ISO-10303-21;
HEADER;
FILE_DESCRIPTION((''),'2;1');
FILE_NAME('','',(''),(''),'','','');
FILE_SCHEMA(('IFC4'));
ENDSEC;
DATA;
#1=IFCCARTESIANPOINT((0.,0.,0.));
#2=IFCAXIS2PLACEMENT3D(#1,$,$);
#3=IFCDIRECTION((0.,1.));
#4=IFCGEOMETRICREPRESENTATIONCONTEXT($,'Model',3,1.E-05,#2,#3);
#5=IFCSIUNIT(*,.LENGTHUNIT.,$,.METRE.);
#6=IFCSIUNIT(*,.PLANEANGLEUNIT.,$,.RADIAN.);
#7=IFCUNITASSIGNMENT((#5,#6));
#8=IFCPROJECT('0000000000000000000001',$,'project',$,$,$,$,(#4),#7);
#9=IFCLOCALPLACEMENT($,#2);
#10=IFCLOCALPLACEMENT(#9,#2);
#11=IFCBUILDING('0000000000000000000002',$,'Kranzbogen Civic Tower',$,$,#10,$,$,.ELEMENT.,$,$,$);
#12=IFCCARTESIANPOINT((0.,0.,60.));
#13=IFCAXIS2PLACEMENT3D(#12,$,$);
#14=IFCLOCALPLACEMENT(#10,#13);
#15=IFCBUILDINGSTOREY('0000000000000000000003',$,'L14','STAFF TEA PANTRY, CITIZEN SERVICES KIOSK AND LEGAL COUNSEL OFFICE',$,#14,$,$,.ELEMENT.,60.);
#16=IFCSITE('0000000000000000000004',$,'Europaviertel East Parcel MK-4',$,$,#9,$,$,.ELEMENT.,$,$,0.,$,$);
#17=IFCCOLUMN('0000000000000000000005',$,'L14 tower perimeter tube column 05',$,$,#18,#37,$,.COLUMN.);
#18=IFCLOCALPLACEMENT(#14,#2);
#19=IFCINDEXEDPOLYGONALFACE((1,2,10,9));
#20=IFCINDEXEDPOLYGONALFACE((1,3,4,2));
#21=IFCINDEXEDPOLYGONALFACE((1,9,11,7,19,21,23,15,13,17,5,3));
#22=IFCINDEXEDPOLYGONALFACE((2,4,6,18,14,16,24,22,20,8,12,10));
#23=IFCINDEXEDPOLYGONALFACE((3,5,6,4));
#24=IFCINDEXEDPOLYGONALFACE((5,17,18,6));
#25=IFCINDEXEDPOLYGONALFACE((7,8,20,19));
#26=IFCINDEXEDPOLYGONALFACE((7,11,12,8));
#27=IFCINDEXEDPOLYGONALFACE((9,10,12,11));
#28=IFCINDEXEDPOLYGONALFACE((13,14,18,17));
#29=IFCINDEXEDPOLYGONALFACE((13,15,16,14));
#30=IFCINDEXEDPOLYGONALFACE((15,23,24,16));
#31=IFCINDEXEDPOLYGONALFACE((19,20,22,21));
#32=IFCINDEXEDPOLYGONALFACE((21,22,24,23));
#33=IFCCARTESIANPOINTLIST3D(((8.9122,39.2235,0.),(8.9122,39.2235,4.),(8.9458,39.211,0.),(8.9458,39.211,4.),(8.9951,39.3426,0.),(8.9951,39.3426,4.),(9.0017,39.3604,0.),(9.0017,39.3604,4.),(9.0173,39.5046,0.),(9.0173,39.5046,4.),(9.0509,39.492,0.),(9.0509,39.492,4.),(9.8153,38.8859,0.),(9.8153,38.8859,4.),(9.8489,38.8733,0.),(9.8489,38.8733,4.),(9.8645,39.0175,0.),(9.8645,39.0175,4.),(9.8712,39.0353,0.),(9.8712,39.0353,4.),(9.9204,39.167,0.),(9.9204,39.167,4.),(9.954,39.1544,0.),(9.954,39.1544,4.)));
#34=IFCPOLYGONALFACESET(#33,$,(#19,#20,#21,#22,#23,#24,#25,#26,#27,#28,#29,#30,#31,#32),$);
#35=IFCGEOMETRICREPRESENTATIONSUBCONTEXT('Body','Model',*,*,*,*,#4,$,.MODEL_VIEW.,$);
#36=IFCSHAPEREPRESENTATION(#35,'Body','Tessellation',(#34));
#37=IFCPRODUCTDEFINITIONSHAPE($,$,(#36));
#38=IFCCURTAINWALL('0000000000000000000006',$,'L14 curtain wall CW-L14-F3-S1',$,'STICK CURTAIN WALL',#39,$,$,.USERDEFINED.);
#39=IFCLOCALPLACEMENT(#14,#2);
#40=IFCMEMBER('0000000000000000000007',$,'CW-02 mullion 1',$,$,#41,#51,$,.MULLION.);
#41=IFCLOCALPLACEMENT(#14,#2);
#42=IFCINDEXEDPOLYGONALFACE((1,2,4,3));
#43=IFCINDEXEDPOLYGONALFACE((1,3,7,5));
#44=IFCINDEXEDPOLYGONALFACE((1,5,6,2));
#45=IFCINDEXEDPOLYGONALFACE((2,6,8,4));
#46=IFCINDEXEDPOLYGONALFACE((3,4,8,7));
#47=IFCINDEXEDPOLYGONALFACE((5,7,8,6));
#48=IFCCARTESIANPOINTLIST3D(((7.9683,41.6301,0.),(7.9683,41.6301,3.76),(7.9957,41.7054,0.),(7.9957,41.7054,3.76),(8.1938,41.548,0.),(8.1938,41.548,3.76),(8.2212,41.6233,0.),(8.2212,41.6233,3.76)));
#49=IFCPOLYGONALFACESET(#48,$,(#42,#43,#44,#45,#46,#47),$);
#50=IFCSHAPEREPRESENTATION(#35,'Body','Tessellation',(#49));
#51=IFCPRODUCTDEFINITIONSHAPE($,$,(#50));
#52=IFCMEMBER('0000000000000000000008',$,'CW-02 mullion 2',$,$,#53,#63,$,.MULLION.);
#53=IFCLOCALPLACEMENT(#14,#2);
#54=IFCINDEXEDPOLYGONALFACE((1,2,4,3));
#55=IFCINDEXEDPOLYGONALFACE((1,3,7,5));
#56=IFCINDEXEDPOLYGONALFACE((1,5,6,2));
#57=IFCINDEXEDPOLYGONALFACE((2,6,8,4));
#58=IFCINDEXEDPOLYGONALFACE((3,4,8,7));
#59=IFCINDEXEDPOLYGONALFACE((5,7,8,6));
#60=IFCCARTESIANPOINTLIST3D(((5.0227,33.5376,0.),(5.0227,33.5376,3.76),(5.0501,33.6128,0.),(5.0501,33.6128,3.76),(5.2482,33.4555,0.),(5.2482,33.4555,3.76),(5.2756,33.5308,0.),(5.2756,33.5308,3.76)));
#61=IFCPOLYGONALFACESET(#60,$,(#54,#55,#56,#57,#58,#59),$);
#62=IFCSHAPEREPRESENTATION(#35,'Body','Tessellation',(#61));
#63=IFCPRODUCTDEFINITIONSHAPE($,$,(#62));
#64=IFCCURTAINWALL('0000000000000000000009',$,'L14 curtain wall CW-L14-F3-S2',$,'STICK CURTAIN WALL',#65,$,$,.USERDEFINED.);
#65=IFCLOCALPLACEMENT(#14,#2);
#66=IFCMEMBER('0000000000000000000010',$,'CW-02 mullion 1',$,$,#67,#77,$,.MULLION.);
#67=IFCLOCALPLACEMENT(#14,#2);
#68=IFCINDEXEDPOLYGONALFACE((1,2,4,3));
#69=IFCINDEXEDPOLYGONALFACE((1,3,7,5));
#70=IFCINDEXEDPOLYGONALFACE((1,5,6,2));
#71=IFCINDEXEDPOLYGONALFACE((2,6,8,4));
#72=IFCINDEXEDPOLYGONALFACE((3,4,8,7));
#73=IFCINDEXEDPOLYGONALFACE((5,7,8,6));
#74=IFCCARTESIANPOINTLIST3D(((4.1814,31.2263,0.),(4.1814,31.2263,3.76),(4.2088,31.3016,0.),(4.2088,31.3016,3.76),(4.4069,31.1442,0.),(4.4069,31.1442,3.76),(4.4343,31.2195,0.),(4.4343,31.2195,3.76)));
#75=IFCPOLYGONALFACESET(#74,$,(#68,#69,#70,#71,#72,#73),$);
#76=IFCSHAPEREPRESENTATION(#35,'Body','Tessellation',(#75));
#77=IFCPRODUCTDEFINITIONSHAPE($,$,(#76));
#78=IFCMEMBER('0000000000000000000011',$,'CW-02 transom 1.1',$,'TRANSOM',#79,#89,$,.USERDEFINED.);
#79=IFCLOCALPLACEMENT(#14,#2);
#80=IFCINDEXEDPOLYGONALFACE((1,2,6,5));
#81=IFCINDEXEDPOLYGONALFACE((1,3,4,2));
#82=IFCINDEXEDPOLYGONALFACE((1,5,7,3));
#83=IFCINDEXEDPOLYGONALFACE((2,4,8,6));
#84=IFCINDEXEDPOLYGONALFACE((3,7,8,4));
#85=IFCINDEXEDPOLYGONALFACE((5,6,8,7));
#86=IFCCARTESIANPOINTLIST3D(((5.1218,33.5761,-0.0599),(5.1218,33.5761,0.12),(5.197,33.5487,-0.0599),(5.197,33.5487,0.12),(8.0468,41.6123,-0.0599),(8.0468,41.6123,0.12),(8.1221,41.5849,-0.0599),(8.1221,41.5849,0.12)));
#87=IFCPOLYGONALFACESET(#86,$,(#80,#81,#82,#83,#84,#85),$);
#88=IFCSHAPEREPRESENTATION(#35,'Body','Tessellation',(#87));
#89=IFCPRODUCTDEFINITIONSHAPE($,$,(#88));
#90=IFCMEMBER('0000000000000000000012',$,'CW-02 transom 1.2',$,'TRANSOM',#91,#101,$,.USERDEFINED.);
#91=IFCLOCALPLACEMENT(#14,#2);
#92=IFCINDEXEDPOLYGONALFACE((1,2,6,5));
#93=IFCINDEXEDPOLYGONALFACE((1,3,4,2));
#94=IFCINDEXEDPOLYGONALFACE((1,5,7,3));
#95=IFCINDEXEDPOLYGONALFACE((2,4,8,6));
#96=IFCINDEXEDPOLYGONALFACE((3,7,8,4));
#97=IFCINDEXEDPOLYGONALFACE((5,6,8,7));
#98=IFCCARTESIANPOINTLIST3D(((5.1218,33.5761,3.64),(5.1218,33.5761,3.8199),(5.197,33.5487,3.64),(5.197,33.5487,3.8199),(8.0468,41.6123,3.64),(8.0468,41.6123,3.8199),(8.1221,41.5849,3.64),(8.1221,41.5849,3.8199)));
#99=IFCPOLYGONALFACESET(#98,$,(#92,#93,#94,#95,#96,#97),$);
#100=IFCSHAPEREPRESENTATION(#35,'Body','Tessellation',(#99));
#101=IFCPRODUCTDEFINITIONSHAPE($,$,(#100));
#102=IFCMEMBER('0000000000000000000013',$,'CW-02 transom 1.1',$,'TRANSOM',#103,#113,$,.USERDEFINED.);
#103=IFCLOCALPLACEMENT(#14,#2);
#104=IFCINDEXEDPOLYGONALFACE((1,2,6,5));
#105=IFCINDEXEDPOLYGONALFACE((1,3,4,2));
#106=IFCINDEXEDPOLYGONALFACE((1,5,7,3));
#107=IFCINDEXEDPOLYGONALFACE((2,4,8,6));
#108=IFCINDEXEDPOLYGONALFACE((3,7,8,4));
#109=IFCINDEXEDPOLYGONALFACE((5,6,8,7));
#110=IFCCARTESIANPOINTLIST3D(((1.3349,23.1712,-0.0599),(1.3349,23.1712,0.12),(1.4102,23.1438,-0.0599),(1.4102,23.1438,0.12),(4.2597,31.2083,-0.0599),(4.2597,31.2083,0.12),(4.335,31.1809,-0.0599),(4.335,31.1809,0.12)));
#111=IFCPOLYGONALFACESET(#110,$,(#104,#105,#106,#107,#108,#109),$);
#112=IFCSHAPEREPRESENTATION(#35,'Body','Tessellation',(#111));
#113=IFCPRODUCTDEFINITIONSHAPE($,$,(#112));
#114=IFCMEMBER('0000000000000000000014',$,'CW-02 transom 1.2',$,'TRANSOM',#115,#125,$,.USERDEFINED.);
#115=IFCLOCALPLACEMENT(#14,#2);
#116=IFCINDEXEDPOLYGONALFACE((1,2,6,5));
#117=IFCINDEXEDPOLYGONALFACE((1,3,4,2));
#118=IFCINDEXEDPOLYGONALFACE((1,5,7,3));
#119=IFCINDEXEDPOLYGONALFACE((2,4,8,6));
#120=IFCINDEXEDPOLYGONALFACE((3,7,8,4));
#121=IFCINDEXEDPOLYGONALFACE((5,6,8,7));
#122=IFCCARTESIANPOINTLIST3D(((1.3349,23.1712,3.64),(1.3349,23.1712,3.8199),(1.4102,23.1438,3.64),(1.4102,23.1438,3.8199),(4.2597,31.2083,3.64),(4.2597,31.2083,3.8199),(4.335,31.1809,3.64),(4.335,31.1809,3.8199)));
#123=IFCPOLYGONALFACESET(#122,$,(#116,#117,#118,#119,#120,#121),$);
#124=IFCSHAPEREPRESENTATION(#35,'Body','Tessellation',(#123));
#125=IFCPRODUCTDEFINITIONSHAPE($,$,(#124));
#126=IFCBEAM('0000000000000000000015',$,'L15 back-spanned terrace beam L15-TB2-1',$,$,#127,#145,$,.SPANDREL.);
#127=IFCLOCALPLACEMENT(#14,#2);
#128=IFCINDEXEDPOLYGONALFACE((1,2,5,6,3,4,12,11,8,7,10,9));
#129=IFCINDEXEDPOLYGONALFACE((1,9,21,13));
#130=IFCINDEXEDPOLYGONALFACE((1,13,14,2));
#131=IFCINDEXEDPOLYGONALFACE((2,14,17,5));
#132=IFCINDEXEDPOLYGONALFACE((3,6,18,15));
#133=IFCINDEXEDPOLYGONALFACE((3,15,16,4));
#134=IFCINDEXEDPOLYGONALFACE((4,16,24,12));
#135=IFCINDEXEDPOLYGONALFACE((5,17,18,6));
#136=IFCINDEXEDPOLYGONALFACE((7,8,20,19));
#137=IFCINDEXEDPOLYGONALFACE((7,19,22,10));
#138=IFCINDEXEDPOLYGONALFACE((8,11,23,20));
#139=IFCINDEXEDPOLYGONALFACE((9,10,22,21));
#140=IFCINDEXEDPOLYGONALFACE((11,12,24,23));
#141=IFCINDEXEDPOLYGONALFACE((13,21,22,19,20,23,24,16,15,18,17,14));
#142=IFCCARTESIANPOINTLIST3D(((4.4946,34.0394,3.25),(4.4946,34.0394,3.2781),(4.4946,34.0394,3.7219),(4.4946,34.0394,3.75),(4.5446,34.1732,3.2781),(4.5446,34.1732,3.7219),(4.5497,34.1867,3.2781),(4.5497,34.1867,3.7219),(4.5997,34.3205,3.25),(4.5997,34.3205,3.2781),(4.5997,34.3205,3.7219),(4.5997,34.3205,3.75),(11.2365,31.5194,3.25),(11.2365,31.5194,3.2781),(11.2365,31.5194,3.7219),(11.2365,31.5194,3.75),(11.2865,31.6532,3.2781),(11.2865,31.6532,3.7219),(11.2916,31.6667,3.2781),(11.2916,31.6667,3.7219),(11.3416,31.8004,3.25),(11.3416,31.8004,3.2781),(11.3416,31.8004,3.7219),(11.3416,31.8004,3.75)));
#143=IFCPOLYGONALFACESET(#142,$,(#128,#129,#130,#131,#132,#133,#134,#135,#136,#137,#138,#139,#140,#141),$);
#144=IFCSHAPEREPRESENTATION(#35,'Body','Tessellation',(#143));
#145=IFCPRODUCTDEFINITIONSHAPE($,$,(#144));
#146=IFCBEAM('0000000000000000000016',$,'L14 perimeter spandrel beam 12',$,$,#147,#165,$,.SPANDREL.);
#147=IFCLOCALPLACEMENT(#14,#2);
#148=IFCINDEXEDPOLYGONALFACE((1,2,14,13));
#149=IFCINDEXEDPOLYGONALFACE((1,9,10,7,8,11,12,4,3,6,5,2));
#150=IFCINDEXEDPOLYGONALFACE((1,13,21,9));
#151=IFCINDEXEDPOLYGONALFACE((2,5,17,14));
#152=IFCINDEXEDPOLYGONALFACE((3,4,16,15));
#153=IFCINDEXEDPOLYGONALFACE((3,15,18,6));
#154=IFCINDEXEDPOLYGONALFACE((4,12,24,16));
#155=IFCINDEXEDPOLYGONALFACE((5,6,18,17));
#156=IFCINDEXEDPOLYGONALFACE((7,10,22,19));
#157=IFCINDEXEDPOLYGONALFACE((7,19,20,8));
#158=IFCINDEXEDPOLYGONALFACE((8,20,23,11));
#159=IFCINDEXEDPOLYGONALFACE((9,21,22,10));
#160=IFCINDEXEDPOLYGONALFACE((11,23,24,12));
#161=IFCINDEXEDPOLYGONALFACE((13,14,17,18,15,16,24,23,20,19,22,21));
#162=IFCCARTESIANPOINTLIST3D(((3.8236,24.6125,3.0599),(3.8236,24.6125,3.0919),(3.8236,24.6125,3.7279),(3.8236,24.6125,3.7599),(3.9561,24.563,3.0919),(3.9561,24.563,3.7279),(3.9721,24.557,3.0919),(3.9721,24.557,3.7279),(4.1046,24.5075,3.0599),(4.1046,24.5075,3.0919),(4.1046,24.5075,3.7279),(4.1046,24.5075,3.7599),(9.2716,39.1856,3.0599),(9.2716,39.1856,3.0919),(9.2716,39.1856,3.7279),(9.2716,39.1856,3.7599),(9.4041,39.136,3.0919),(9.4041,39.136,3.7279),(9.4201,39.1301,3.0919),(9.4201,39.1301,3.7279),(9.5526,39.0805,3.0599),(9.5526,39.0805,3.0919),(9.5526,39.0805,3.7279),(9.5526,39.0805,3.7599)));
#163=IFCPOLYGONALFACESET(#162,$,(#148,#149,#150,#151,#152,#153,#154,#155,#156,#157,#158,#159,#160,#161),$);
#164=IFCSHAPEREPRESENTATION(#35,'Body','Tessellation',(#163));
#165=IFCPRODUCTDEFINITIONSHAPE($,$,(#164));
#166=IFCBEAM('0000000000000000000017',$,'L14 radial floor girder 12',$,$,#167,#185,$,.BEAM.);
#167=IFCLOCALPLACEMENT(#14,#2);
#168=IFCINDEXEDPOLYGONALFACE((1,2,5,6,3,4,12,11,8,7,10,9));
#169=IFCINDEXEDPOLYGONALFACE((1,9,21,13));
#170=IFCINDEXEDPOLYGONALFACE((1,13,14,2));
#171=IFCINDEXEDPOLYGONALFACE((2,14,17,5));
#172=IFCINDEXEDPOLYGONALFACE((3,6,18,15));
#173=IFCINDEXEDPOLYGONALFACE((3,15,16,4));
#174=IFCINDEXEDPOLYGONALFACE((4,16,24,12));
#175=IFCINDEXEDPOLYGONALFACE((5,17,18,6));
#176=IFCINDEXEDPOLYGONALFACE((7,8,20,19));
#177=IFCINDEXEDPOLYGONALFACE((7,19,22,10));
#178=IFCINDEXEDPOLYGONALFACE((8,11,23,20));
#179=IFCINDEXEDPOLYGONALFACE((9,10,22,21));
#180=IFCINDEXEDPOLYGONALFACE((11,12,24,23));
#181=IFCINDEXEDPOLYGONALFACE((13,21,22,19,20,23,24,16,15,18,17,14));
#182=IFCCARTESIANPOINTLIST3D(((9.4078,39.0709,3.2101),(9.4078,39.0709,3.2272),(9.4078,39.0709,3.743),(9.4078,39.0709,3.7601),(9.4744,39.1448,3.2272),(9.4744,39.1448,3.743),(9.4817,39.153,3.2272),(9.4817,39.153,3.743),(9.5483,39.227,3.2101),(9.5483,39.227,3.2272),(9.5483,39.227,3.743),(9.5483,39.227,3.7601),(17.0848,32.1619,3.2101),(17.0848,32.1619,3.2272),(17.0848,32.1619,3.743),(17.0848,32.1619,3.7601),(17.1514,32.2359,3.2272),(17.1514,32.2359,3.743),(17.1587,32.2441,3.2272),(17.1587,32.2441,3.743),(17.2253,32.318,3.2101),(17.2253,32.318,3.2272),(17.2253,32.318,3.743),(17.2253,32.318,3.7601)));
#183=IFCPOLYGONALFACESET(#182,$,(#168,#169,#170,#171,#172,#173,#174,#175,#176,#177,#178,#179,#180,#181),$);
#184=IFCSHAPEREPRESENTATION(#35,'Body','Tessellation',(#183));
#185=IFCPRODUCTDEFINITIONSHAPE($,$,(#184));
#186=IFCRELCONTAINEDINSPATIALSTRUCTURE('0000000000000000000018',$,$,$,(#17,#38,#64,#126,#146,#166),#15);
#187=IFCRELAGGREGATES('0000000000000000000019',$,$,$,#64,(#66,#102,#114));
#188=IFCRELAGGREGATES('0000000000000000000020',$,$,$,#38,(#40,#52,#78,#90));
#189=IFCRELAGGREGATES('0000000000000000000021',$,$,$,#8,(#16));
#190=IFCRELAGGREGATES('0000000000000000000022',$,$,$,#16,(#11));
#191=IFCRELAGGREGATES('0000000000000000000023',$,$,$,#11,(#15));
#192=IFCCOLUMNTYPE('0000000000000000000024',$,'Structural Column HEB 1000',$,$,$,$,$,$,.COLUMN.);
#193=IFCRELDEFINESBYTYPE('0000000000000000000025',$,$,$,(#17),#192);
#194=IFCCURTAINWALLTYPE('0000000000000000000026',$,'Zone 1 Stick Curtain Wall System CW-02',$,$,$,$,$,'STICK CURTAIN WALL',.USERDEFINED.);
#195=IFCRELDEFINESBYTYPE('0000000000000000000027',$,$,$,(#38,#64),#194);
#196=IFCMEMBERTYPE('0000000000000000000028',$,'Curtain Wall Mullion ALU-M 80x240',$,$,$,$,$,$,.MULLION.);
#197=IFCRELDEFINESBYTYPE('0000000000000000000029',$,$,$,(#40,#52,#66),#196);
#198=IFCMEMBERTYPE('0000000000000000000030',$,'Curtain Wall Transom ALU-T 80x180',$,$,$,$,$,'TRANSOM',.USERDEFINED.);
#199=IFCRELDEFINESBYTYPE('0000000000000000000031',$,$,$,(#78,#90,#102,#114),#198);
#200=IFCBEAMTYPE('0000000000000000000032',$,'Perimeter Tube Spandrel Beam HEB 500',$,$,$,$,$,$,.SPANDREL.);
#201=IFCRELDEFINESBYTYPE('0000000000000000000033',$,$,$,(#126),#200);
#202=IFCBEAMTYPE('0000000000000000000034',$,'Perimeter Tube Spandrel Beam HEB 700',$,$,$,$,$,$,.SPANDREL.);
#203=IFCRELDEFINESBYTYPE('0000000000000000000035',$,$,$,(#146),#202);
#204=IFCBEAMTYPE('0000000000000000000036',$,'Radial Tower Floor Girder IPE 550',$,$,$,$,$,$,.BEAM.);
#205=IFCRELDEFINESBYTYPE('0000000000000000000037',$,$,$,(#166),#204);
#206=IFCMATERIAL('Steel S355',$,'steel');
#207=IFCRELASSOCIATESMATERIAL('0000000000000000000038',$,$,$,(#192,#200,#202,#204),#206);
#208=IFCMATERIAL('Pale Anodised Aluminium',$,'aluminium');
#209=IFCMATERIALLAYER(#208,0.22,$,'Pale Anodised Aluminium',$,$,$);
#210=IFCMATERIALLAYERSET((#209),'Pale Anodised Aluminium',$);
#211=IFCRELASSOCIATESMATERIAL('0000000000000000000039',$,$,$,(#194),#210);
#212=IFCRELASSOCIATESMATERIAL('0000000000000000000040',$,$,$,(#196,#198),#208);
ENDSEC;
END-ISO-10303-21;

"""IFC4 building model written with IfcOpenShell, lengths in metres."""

from ifc_helpers import new_model, si_unit, direction, frame, origin, origin_2d, place, context, subcontext, project, spatial, rectangle, i_section, extrude, material, layer, layer_set, material_profile, profile_set, type_object, element, aggregate, save


model = new_model("IFC4")

# Units and contexts
model_context = context("Model", 3, precision=1e-05, world=origin(), true_north=direction((0.0, 1.0)))
body_context = subcontext(model_context, "Body", "Model", "MODEL_VIEW")
ifc_project = project(units=[si_unit("LENGTHUNIT", "METRE"), si_unit("PLANEANGLEUNIT", "RADIAN")], contexts=[model_context])

# Site, building, storey
site_placement = place(None, origin())
site = spatial("IfcSite", under=ifc_project, at=site_placement, Name="Europaviertel East Parcel MK-4", CompositionType="ELEMENT", RefElevation=0.0)
building_placement = place(site_placement, origin())
building = spatial("IfcBuilding", under=site, at=building_placement, Name="Kranzbogen Civic Tower", CompositionType="ELEMENT")
storey_placement = place(building_placement, frame((0.0, 0.0, 60.0)))
storey = spatial("IfcBuildingStorey", under=building, at=storey_placement, Name="L14", Description="STAFF TEA PANTRY, CITIZEN SERVICES KIOSK AND LEGAL COUNSEL OFFICE", CompositionType="ELEMENT", Elevation=60.0)

# Column
ifc_material_1 = material(Name="Steel S355", Category="steel")
ifc_material_profile_1 = material_profile(ifc_material_1, i_section(OverallWidth=0.3, OverallDepth=1.0, WebThickness=0.019, FlangeThickness=0.0359, at=origin_2d()), Name="HEB 1000")
ifc_profile_set_1 = profile_set([ifc_material_profile_1], Name="Steel S355")
column_type = type_object("IfcColumnType", Name="Structural Column HEB 1000", PredefinedType="COLUMN", material=ifc_profile_set_1)
column_placement = place(storey_placement, frame((9.4331, 39.189, 0.0), z_axis=(0.0, 0.0, 1.0), x_axis=(0.350207, 0.936672, 0.0)))
element("IfcColumn", 1, at=column_placement, inside=storey, type_object=column_type, Name="L14 tower perimeter tube column 05", PredefinedType="COLUMN", context=body_context, shape_type="SweptSolid", body=[
    extrude(i_section(OverallWidth=0.3, OverallDepth=1.0, WebThickness=0.019, FlangeThickness=0.0359, at=origin_2d()), origin(), (0.0, 0.0, 1.0), 4.0),
])

# Curtain wall, members
ifc_material_2 = material(Name="Pale Anodised Aluminium", Category="aluminium")
ifc_layer_1 = layer(ifc_material_2, 0.22, Name="Pale Anodised Aluminium")
ifc_layer_set_1 = layer_set([ifc_layer_1], Name="Pale Anodised Aluminium")
curtain_wall_type = type_object("IfcCurtainWallType", Name="Zone 1 Stick Curtain Wall System CW-02", ElementType="STICK CURTAIN WALL", PredefinedType="USERDEFINED", material=ifc_layer_set_1)
curtain_wall_1_placement = place(storey_placement, origin())
curtain_wall_1 = element("IfcCurtainWall", 2, at=curtain_wall_1_placement, inside=storey, type_object=curtain_wall_type, Name="L14 curtain wall CW-L14-F3-S1", ObjectType="STICK CURTAIN WALL", PredefinedType="USERDEFINED")
ifc_material_profile_2 = material_profile(ifc_material_2, rectangle(XDim=0.0801, YDim=0.24, at=origin_2d()), Name="ALU-M 80x240")
ifc_profile_set_2 = profile_set([ifc_material_profile_2], Name="Pale Anodised Aluminium")
member_type_1 = type_object("IfcMemberType", Name="Curtain Wall Mullion ALU-M 80x240", PredefinedType="MULLION", material=ifc_profile_set_2)
member_1_placement = place(storey_placement, frame((8.0947, 41.6267, 0.0), z_axis=(0.0, 0.0, 1.0), x_axis=(-0.342021, -0.939692, 0.0)))
member_1 = element("IfcMember", 3, at=member_1_placement, type_object=member_type_1, Name="CW-02 mullion 1", PredefinedType="MULLION", context=body_context, shape_type="SweptSolid", body=[
    extrude(rectangle(XDim=0.0801, YDim=0.24, at=origin_2d()), origin(), (0.0, 0.0, 1.0), 3.76),
])
member_2_placement = place(storey_placement, frame((5.1492, 33.5342, 0.0), z_axis=(0.0, 0.0, 1.0), x_axis=(-0.342021, -0.939692, 0.0)))
member_2 = element("IfcMember", 4, at=member_2_placement, type_object=member_type_1, Name="CW-02 mullion 2", PredefinedType="MULLION", context=body_context, shape_type="SweptSolid", body=[
    extrude(rectangle(XDim=0.0801, YDim=0.24, at=origin_2d()), origin(), (0.0, 0.0, 1.0), 3.76),
])

# Curtain wall, member
curtain_wall_2_placement = place(storey_placement, origin())
curtain_wall_2 = element("IfcCurtainWall", 5, at=curtain_wall_2_placement, inside=storey, type_object=curtain_wall_type, Name="L14 curtain wall CW-L14-F3-S2", ObjectType="STICK CURTAIN WALL", PredefinedType="USERDEFINED")
member_3_placement = place(storey_placement, frame((4.3079, 31.2229, 0.0), z_axis=(0.0, 0.0, 1.0), x_axis=(-0.341984, -0.939706, 0.0)))
member_3 = element("IfcMember", 6, at=member_3_placement, type_object=member_type_1, Name="CW-02 mullion 1", PredefinedType="MULLION", context=body_context, shape_type="SweptSolid", body=[
    extrude(rectangle(XDim=0.0801, YDim=0.24, at=origin_2d()), origin(), (0.0, 0.0, 1.0), 3.76),
])

# Members
ifc_material_profile_3 = material_profile(ifc_material_2, rectangle(XDim=0.0801, YDim=0.1799, at=origin_2d()), Name="ALU-T 80x180")
ifc_profile_set_3 = profile_set([ifc_material_profile_3], Name="Pale Anodised Aluminium")
member_type_2 = type_object("IfcMemberType", Name="Curtain Wall Transom ALU-T 80x180", ElementType="TRANSOM", PredefinedType="USERDEFINED", material=ifc_profile_set_3)
member_4_placement = place(storey_placement, frame((8.0845, 41.5986, 0.03), z_axis=(-0.342034, -0.939688, 0.0), x_axis=(0.939688, -0.342034, 0.0)))
member_4 = element("IfcMember", 7, at=member_4_placement, type_object=member_type_2, Name="CW-02 transom 1.1", ObjectType="TRANSOM", PredefinedType="USERDEFINED", context=body_context, shape_type="SweptSolid", body=[
    extrude(rectangle(XDim=0.0801, YDim=0.1799, at=origin_2d()), origin(), (0.0, 0.0, 1.0), 8.552),
])
member_5_placement = place(storey_placement, frame((8.0845, 41.5986, 3.73), z_axis=(-0.342034, -0.939688, 0.0), x_axis=(0.939688, -0.342034, 0.0)))
member_5 = element("IfcMember", 8, at=member_5_placement, type_object=member_type_2, Name="CW-02 transom 1.2", ObjectType="TRANSOM", PredefinedType="USERDEFINED", context=body_context, shape_type="SweptSolid", body=[
    extrude(rectangle(XDim=0.0801, YDim=0.1799, at=origin_2d()), origin(), (0.0, 0.0, 1.0), 8.552),
])
member_6_placement = place(storey_placement, frame((4.2974, 31.1946, 0.03), z_axis=(-0.341972, -0.93971, 0.0), x_axis=(0.93971, -0.341972, 0.0)))
member_6 = element("IfcMember", 9, at=member_6_placement, type_object=member_type_2, Name="CW-02 transom 1.1", ObjectType="TRANSOM", PredefinedType="USERDEFINED", context=body_context, shape_type="SweptSolid", body=[
    extrude(rectangle(XDim=0.0801, YDim=0.1799, at=origin_2d()), origin(), (0.0, 0.0, 1.0), 8.5527),
])
member_7_placement = place(storey_placement, frame((4.2974, 31.1946, 3.73), z_axis=(-0.341972, -0.93971, 0.0), x_axis=(0.93971, -0.341972, 0.0)))
member_7 = element("IfcMember", 10, at=member_7_placement, type_object=member_type_2, Name="CW-02 transom 1.2", ObjectType="TRANSOM", PredefinedType="USERDEFINED", context=body_context, shape_type="SweptSolid", body=[
    extrude(rectangle(XDim=0.0801, YDim=0.1799, at=origin_2d()), origin(), (0.0, 0.0, 1.0), 8.5527),
])
aggregate(curtain_wall_2, [member_3, member_6, member_7])

# Beams
ifc_material_profile_4 = material_profile(ifc_material_1, i_section(OverallWidth=0.3, OverallDepth=0.5, WebThickness=0.0144, FlangeThickness=0.0281, at=origin_2d()), Name="HEB 500")
ifc_profile_set_4 = profile_set([ifc_material_profile_4], Name="Steel S355")
beam_type_1 = type_object("IfcBeamType", Name="Perimeter Tube Spandrel Beam HEB 500", PredefinedType="SPANDREL", material=ifc_profile_set_4)
beam_1_placement = place(storey_placement, frame((11.2891, 31.6599, 3.5), z_axis=(-0.936704, 0.350123, 0.0), x_axis=(-0.350123, -0.936704, 0.0)))
element("IfcBeam", 11, at=beam_1_placement, inside=storey, type_object=beam_type_1, Name="L15 back-spanned terrace beam L15-TB2-1", PredefinedType="SPANDREL", context=body_context, shape_type="SweptSolid", body=[
    extrude(i_section(OverallWidth=0.3, OverallDepth=0.5, WebThickness=0.0144, FlangeThickness=0.0281, at=origin_2d()), origin(), (0.0, 0.0, 1.0), 7.1975),
])
ifc_material_profile_5 = material_profile(ifc_material_1, i_section(OverallWidth=0.3, OverallDepth=0.7, WebThickness=0.0171, FlangeThickness=0.032, at=origin_2d()), Name="HEB 700")
ifc_profile_set_5 = profile_set([ifc_material_profile_5], Name="Steel S355")
beam_type_2 = type_object("IfcBeamType", Name="Perimeter Tube Spandrel Beam HEB 700", PredefinedType="SPANDREL", material=ifc_profile_set_5)
beam_2_placement = place(storey_placement, frame((9.4121, 39.1331, 3.4099), z_axis=(-0.350172, -0.936685, 0.0), x_axis=(0.936685, -0.350172, 0.0)))
element("IfcBeam", 12, at=beam_2_placement, inside=storey, type_object=beam_type_2, Name="L14 perimeter spandrel beam 12", PredefinedType="SPANDREL", context=body_context, shape_type="SweptSolid", body=[
    extrude(i_section(OverallWidth=0.3, OverallDepth=0.7, WebThickness=0.0171, FlangeThickness=0.032, at=origin_2d()), origin(), (0.0, 0.0, 1.0), 15.5581),
])
ifc_material_profile_6 = material_profile(ifc_material_1, i_section(OverallWidth=0.21, OverallDepth=0.55, WebThickness=0.011, FlangeThickness=0.0171, at=origin_2d()), Name="IPE 550")
ifc_profile_set_6 = profile_set([ifc_material_profile_6], Name="Steel S355")
beam_type_3 = type_object("IfcBeamType", Name="Radial Tower Floor Girder IPE 550", PredefinedType="BEAM", material=ifc_profile_set_6)
beam_3_placement = place(storey_placement, frame((9.478, 39.1489, 3.4851), z_axis=(0.743312, -0.668945, 0.0), x_axis=(0.668945, 0.743312, 0.0)))
element("IfcBeam", 13, at=beam_3_placement, inside=storey, type_object=beam_type_3, Name="L14 radial floor girder 12", PredefinedType="BEAM", context=body_context, shape_type="SweptSolid", body=[
    extrude(i_section(OverallWidth=0.21, OverallDepth=0.55, WebThickness=0.011, FlangeThickness=0.0171, at=origin_2d()), origin(), (0.0, 0.0, 1.0), 10.3281),
])

aggregate(curtain_wall_1, [member_1, member_2, member_4, member_5])

save(model, "model.ifc")
